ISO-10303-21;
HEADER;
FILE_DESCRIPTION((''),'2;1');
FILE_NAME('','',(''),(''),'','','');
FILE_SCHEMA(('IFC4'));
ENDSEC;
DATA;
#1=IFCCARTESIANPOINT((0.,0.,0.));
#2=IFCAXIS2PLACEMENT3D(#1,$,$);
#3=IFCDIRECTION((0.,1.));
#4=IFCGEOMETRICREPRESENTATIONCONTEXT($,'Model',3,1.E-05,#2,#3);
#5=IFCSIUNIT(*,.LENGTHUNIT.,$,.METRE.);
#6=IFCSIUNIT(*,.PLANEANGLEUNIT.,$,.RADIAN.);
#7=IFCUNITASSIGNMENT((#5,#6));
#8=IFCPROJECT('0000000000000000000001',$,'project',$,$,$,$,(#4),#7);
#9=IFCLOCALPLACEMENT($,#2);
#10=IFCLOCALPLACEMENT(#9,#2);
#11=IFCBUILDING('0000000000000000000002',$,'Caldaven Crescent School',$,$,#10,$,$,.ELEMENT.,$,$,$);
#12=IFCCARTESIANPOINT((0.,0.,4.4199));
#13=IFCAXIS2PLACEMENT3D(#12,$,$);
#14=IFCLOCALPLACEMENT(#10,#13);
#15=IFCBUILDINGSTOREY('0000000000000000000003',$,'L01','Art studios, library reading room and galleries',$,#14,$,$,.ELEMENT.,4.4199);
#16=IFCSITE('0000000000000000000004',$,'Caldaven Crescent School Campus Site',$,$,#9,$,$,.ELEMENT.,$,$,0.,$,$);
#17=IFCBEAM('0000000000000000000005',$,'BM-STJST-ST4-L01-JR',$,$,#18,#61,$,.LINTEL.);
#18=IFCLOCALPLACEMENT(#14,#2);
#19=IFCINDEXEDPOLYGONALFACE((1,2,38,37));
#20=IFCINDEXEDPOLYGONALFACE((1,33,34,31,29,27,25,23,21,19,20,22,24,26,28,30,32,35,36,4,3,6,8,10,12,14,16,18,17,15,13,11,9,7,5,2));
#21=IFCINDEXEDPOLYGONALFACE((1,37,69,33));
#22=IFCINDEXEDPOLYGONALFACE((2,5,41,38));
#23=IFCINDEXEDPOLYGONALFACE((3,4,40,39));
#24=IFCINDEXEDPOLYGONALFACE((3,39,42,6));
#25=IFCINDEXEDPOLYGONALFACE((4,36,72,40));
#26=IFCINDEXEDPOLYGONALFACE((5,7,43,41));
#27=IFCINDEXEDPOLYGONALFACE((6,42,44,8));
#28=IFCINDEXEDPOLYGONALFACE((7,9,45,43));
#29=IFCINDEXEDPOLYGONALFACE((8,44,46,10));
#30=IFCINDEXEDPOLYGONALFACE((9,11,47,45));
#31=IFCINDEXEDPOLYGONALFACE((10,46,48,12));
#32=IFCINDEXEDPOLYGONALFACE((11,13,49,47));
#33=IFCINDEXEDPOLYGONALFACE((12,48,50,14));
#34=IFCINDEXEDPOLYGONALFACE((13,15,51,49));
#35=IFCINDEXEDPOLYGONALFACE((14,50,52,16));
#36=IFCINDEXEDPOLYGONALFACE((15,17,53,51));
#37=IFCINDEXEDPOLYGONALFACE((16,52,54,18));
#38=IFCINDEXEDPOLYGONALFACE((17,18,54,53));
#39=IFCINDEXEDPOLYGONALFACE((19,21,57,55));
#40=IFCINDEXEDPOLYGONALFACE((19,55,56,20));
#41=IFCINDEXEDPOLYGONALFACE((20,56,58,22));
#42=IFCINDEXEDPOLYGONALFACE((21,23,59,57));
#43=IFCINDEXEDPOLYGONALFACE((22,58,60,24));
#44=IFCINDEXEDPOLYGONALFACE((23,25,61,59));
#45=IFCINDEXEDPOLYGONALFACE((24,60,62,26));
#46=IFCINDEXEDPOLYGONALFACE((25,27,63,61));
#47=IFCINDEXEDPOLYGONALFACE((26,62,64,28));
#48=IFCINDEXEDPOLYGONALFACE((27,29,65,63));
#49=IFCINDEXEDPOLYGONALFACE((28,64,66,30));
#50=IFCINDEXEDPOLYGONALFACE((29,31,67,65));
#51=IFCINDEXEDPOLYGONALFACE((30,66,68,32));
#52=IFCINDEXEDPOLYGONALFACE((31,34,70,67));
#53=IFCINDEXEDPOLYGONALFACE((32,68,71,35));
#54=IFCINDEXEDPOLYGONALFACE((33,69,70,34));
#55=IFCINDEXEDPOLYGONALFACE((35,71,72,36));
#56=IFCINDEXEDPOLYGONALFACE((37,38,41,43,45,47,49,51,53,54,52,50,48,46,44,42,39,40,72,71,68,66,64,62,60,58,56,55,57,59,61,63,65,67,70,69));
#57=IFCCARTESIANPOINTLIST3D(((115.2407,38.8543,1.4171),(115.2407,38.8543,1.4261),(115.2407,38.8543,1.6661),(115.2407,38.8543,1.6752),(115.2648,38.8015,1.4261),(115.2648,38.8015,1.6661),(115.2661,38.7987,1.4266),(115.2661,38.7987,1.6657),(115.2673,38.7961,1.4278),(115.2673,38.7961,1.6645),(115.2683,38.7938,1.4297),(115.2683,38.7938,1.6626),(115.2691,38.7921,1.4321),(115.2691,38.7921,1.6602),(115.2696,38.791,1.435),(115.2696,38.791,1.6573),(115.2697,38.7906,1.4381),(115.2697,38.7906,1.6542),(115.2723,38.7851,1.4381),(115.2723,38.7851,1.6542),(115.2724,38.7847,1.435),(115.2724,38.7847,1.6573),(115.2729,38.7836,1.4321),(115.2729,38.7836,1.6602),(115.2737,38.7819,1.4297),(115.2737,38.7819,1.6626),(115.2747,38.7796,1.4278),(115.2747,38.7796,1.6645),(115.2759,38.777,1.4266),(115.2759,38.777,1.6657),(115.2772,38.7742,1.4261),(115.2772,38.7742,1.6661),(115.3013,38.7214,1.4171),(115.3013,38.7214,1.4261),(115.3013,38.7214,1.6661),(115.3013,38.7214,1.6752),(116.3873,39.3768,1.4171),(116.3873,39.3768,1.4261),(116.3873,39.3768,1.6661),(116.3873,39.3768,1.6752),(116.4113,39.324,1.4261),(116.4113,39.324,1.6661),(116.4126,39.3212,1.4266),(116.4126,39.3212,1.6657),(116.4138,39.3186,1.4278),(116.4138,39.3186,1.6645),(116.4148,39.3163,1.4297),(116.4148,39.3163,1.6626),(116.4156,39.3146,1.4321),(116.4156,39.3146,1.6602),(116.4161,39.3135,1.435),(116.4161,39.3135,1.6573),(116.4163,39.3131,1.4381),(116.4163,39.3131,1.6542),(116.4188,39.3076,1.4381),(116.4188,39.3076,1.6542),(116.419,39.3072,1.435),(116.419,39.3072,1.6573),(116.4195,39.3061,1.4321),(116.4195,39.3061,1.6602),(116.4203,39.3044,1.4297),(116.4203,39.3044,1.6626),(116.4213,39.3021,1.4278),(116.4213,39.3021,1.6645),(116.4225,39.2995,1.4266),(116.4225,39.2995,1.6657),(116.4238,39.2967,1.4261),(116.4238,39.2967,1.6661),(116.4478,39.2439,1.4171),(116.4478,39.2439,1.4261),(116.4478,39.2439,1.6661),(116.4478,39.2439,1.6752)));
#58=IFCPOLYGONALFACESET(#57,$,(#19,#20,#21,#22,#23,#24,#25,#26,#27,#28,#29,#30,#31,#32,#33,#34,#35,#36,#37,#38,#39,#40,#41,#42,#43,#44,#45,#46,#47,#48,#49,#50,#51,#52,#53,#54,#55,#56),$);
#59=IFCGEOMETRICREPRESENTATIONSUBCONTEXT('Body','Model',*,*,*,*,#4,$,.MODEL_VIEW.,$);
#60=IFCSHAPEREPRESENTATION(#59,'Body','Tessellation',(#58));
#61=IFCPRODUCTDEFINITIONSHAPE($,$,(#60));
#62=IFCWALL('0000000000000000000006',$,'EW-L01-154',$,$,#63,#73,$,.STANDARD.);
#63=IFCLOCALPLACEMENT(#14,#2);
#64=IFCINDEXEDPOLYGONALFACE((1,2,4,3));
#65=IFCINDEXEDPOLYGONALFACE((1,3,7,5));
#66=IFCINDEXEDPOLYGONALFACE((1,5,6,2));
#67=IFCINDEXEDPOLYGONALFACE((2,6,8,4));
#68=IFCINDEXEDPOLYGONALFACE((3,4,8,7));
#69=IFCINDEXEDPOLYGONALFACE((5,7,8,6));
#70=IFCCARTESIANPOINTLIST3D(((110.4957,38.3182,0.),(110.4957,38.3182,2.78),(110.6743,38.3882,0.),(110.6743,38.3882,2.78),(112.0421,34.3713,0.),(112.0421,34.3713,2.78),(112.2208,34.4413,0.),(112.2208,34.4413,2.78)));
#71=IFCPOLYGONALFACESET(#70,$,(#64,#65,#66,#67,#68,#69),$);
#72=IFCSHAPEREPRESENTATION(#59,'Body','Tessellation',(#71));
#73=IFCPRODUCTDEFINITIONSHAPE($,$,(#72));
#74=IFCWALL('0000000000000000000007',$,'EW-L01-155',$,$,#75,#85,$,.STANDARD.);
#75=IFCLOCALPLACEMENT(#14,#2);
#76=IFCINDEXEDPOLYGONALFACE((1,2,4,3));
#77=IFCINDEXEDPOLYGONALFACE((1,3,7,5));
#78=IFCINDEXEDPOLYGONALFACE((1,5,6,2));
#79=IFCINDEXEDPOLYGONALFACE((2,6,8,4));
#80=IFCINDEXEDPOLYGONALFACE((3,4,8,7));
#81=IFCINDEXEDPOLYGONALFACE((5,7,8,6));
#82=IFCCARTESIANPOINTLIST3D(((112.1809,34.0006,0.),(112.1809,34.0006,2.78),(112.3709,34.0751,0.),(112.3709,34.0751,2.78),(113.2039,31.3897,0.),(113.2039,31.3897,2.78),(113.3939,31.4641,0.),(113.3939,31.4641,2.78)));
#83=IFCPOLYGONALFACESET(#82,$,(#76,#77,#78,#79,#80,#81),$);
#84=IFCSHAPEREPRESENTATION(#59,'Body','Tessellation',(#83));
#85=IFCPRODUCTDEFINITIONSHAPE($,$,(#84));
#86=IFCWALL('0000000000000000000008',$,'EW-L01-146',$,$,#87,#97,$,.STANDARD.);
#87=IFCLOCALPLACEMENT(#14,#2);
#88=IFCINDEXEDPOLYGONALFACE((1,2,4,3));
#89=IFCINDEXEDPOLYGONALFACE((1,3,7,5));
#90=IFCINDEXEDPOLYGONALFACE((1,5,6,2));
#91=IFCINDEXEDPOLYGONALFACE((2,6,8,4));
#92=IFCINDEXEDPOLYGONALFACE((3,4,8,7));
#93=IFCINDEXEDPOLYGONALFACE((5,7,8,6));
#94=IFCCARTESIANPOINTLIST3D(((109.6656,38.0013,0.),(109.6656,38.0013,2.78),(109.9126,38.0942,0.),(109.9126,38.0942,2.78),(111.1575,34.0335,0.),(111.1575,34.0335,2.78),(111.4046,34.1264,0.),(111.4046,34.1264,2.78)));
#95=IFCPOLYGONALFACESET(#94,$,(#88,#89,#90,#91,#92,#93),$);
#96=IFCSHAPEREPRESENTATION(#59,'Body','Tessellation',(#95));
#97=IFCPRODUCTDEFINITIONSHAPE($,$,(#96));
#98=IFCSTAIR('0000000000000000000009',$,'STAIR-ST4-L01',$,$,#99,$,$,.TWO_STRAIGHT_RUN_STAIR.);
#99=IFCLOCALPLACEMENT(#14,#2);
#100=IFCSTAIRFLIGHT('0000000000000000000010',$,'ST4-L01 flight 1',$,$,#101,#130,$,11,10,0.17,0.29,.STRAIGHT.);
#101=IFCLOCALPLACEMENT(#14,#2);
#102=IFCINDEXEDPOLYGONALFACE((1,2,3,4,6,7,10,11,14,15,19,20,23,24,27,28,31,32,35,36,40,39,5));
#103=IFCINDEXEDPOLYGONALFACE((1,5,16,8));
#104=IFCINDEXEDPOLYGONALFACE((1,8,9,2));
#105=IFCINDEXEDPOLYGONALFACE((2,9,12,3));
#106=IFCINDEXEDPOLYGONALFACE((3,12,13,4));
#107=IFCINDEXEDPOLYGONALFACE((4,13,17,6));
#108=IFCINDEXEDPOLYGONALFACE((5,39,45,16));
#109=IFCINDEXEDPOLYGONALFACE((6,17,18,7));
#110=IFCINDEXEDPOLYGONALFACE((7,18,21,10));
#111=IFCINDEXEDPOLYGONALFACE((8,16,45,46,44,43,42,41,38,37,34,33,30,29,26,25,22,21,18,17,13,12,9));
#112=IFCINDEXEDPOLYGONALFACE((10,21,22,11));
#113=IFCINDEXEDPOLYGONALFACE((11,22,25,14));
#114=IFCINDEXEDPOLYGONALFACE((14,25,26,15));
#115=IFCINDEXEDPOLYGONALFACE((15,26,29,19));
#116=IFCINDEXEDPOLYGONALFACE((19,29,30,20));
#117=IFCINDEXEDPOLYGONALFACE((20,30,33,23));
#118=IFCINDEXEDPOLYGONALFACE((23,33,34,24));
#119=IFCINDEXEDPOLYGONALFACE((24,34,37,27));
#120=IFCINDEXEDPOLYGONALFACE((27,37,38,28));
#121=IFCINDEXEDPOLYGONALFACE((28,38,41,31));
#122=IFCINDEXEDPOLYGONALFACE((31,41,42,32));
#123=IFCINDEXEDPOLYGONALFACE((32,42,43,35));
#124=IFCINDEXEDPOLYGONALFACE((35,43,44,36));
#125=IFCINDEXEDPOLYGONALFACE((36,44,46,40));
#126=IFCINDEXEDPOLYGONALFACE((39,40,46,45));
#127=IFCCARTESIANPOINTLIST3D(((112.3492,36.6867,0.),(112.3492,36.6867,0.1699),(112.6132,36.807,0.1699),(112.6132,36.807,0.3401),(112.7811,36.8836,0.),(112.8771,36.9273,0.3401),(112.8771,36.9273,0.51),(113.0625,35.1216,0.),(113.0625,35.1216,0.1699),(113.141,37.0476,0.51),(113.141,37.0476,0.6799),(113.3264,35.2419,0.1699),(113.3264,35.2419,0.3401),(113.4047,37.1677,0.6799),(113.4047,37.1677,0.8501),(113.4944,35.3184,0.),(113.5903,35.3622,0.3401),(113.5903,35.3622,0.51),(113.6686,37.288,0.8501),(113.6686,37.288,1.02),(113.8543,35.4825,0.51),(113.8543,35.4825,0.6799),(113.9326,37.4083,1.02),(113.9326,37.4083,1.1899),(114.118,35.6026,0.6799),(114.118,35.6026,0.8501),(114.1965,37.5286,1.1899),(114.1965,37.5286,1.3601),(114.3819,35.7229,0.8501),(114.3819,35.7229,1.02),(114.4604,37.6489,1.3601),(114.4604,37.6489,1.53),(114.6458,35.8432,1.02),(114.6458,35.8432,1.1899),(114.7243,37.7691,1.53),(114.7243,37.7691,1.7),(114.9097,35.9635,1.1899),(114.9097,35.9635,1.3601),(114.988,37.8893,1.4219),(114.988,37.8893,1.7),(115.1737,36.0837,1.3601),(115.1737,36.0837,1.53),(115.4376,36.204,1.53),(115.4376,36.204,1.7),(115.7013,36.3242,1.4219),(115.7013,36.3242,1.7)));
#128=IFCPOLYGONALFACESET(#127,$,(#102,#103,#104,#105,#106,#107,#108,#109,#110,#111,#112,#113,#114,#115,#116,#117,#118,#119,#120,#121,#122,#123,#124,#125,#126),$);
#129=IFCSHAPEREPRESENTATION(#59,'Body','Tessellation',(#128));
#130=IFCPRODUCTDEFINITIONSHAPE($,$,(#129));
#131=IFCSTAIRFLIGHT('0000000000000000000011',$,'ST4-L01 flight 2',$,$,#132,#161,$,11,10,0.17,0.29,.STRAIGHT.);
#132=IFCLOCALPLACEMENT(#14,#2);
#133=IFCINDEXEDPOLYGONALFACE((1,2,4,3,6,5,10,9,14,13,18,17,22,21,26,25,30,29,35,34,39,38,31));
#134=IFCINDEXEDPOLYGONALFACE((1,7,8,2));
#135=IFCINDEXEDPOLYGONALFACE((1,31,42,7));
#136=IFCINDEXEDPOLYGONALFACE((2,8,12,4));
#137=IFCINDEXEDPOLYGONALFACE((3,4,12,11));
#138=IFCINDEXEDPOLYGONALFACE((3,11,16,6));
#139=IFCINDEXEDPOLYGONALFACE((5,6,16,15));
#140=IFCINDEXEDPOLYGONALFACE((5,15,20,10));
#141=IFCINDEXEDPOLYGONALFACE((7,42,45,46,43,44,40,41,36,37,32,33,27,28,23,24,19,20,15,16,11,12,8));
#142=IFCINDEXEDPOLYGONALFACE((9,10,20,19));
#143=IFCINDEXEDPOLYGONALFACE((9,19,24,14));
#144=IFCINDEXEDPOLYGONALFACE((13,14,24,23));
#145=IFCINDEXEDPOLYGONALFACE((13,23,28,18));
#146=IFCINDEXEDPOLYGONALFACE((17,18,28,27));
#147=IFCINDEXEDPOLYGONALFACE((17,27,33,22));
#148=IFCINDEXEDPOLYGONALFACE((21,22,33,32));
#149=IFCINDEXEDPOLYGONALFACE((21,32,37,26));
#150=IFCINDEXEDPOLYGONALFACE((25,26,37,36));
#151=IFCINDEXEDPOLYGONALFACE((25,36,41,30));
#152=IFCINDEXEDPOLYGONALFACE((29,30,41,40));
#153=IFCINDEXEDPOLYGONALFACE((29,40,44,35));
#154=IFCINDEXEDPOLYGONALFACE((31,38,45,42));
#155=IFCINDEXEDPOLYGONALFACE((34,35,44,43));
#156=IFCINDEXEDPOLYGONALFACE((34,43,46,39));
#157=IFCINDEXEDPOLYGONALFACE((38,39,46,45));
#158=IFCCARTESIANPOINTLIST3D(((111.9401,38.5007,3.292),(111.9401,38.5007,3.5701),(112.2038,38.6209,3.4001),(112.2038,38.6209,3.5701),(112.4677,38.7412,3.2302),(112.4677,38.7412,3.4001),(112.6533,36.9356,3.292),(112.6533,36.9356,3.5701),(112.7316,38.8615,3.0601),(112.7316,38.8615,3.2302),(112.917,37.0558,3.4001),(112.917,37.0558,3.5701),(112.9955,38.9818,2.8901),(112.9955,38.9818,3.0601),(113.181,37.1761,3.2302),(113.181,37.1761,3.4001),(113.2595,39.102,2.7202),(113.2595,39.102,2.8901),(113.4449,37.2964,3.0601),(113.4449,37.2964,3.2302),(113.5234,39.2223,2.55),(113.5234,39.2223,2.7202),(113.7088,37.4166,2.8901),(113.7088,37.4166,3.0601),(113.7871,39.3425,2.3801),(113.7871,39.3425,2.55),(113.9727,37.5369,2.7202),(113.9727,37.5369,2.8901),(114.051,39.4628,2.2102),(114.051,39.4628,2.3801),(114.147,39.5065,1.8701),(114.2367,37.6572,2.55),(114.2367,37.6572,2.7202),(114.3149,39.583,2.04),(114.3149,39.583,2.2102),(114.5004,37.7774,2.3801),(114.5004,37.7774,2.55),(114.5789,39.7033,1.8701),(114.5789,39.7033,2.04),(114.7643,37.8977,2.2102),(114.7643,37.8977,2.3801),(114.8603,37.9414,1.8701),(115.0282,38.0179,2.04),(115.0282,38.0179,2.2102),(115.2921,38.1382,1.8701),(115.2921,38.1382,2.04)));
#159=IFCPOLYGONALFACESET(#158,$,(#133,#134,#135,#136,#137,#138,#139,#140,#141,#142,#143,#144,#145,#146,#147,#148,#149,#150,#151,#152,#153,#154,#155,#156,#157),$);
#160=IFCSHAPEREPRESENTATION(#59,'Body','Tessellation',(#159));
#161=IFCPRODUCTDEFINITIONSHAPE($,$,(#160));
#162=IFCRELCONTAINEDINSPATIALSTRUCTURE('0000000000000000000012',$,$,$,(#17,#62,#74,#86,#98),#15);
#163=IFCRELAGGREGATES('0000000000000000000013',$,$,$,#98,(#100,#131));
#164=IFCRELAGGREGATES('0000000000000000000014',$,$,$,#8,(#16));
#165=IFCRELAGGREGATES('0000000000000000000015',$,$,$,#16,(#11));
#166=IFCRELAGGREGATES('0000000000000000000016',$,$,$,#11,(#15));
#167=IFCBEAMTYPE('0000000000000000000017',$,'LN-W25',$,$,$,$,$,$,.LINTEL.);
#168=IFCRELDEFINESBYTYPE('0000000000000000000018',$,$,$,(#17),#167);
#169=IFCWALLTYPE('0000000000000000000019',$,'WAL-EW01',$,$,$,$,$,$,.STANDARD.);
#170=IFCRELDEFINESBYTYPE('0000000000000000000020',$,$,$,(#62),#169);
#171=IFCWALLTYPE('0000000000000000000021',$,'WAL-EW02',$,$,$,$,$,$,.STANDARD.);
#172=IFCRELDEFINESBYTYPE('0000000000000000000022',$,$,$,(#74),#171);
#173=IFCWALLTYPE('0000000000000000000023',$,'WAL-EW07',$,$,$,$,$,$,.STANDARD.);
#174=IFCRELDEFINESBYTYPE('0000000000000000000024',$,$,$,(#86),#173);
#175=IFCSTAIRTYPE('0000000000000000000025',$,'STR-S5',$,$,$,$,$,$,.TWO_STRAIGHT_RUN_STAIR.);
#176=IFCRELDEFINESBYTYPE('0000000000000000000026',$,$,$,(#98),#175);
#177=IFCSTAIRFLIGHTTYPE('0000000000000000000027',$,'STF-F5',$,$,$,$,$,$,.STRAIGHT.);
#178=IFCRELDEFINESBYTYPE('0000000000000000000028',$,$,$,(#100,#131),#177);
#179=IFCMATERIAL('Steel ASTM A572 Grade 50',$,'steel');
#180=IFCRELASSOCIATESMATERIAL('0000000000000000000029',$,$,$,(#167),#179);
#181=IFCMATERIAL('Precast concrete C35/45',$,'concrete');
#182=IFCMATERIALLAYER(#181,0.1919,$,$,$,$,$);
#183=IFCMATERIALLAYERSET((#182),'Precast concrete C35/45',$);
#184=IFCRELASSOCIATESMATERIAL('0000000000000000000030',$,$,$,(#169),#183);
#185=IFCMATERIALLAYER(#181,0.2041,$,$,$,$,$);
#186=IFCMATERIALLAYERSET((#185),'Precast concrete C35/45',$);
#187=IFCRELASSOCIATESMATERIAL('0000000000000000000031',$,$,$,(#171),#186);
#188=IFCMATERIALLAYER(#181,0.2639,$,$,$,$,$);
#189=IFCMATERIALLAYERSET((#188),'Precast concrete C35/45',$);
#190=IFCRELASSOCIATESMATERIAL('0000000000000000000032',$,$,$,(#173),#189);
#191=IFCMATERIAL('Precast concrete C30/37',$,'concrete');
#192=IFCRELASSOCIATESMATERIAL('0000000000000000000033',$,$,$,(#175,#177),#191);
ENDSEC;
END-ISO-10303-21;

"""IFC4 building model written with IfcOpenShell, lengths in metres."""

from ifc_helpers import new_model, si_unit, direction, frame, frame_2d, origin, origin_2d, place, context, subcontext, project, spatial, polyline, rectangle, i_section, outline, extrude, material, layer, layer_set, material_profile, profile_set, type_object, element, aggregate, save


model = new_model("IFC4")

# Units and contexts
model_context = context("Model", 3, precision=1e-05, world=origin(), true_north=direction((0.0, 1.0)))
body_context = subcontext(model_context, "Body", "Model", "MODEL_VIEW")
ifc_project = project(units=[si_unit("LENGTHUNIT", "METRE"), si_unit("PLANEANGLEUNIT", "RADIAN")], contexts=[model_context])

# Site, building, storey
site_placement = place(None, origin())
site = spatial("IfcSite", under=ifc_project, at=site_placement, Name="Caldaven Crescent School Campus Site", CompositionType="ELEMENT", RefElevation=0.0)
building_placement = place(site_placement, origin())
building = spatial("IfcBuilding", under=site, at=building_placement, Name="Caldaven Crescent School", CompositionType="ELEMENT")
storey_placement = place(building_placement, frame((0.0, 0.0, 4.4199)))
storey = spatial("IfcBuildingStorey", under=building, at=storey_placement, Name="L01", Description="Art studios, library reading room and galleries", CompositionType="ELEMENT", Elevation=4.4199)

# Shared definitions
ifc_material_1 = material(Name="Steel ASTM A572 Grade 50", Category="steel")

# Beam
ifc_material_profile_1 = material_profile(ifc_material_1, i_section(OverallWidth=0.146, OverallDepth=0.2581, WebThickness=0.0061, FlangeThickness=0.009, FilletRadius=0.012, at=origin_2d()), Name="W250x33")
ifc_profile_set_1 = profile_set([ifc_material_profile_1], Name="Steel ASTM A572 Grade 50")
beam_type_1 = type_object("IfcBeamType", Name="LN-W25", PredefinedType="LINTEL", material=ifc_profile_set_1)
for number, where, z_axis, x_axis, name in (
    (1, (115.271, 38.7878, 1.5461), (0.909968, 0.414679, 0.0), (-0.414679, 0.909968, 0.0), "BM-STJST-ST4-L01-JR"),
):
    element("IfcBeam", number, at=place(storey_placement, frame(where, z_axis=z_axis, x_axis=x_axis)), inside=storey, type_object=beam_type_1, Name=name, PredefinedType="LINTEL", context=body_context, shape_type="SweptSolid", body=[
        extrude(i_section(OverallWidth=0.146, OverallDepth=0.2581, WebThickness=0.0061, FlangeThickness=0.009, FilletRadius=0.012, at=origin_2d()), origin(), (0.0, 0.0, 1.0), 1.26),
    ])

# Walls
ifc_material_2 = material(Name="Precast concrete C35/45", Category="concrete")
ifc_layer_1 = layer(ifc_material_2, 0.1919)
ifc_layer_set_1 = layer_set([ifc_layer_1], Name="Precast concrete C35/45")
wall_type_1 = type_object("IfcWallType", Name="WAL-EW01", PredefinedType="STANDARD", material=ifc_layer_set_1)
wall_1_placement = place(storey_placement, frame((110.585, 38.3533, 0.0), z_axis=(0.0, 0.0, 1.0), x_axis=(0.364808, -0.931083, 0.0)))
element("IfcWall", 2, at=wall_1_placement, inside=storey, type_object=wall_type_1, Name="EW-L01-154", PredefinedType="STANDARD", context=body_context, shape_type="SweptSolid", body=[
    extrude(rectangle(XDim=4.239, YDim=0.1919, at=frame_2d((2.1196, 0.0))), origin(), (0.0, 0.0, 1.0), 2.78),
])
ifc_layer_2 = layer(ifc_material_2, 0.2041)
ifc_layer_set_2 = layer_set([ifc_layer_2], Name="Precast concrete C35/45")
wall_type_2 = type_object("IfcWallType", Name="WAL-EW02", PredefinedType="STANDARD", material=ifc_layer_set_2)
wall_2_placement = place(storey_placement, frame((112.2759, 34.0378, 0.0), z_axis=(0.0, 0.0, 1.0), x_axis=(0.364806, -0.931083, 0.0)))
element("IfcWall", 3, at=wall_2_placement, inside=storey, type_object=wall_type_2, Name="EW-L01-155", PredefinedType="STANDARD", context=body_context, shape_type="SweptSolid", body=[
    extrude(rectangle(XDim=2.8042, YDim=0.2041, at=frame_2d((1.4021, 0.0))), origin(), (0.0, 0.0, 1.0), 2.78),
])
ifc_layer_3 = layer(ifc_material_2, 0.2639)
ifc_layer_set_3 = layer_set([ifc_layer_3], Name="Precast concrete C35/45")
wall_type_3 = type_object("IfcWallType", Name="WAL-EW07", PredefinedType="STANDARD", material=ifc_layer_set_3)
wall_3_placement = place(storey_placement, frame((109.7891, 38.0479, 0.0), z_axis=(0.0, 0.0, 1.0), x_axis=(0.351956, -0.936016, 0.0)))
element("IfcWall", 4, at=wall_3_placement, inside=storey, type_object=wall_type_3, Name="EW-L01-146", PredefinedType="STANDARD", context=body_context, shape_type="SweptSolid", body=[
    extrude(rectangle(XDim=4.239, YDim=0.2639, at=frame_2d((2.1196, 0.0))), origin(), (0.0, 0.0, 1.0), 2.78),
])

# Stair, stair flights
ifc_material_3 = material(Name="Precast concrete C30/37", Category="concrete")
stair_type = type_object("IfcStairType", Name="STR-S5", PredefinedType="TWO_STRAIGHT_RUN_STAIR", material=ifc_material_3)
stair_placement = place(storey_placement, origin())
stair = element("IfcStair", 5, at=stair_placement, inside=storey, type_object=stair_type, Name="STAIR-ST4-L01", PredefinedType="TWO_STRAIGHT_RUN_STAIR")
stair_flight_type = type_object("IfcStairFlightType", Name="STF-F5", PredefinedType="STRAIGHT", material=ifc_material_3)
stair_flight_1_placement = place(storey_placement, frame((112.7058, 35.9043, 0.0), z_axis=(0.0, 0.0, 1.0), x_axis=(0.909961, 0.414693, 0.0)))
stair_flight_1 = element("IfcStairFlight", 6, at=stair_flight_1_placement, type_object=stair_flight_type, Name="ST4-L01 flight 1", NumberOfRisers=11, NumberOfTreads=10, PredefinedType="STRAIGHT", RiserHeight=0.17, TreadLength=0.29, context=body_context, shape_type="SweptSolid", body=[
    extrude(outline(polyline([(0.0, 0.0), (0.0, 0.1699), (0.29, 0.1699), (0.29, 0.3401), (0.5801, 0.3401), (0.5801, 0.51), (0.8701, 0.51), (0.8701, 0.6799), (1.1599, 0.6799), (1.1599, 0.8501), (1.45, 0.8501), (1.45, 1.02), (1.74, 1.02), (1.74, 1.1899), (2.03, 1.1899), (2.03, 1.3601), (2.3201, 1.3601), (2.3201, 1.53), (2.6101, 1.53), (2.6101, 1.7), (2.8999, 1.7), (2.8999, 1.8701), (2.8999, 1.4219), (0.4746, 0.0), (0.0, 0.0)])), frame((0.0, 0.8599, 0.0), z_axis=(0.0, -1.0, 0.0), x_axis=(1.0, 0.0, 0.0)), (0.0, 0.0, 1.0), 1.72),
])
stair_flight_2_placement = place(storey_placement, frame((114.9355, 38.9207, 1.8701), z_axis=(0.0, 0.0, 1.0), x_axis=(-0.909961, -0.414693, 0.0)))
stair_flight_2 = element("IfcStairFlight", 7, at=stair_flight_2_placement, type_object=stair_flight_type, Name="ST4-L01 flight 2", NumberOfRisers=11, NumberOfTreads=10, PredefinedType="STRAIGHT", RiserHeight=0.17, TreadLength=0.29, context=body_context, shape_type="SweptSolid", body=[
    extrude(outline(polyline([(0.0, 0.0), (0.0, 0.1699), (0.29, 0.1699), (0.29, 0.3401), (0.5801, 0.3401), (0.5801, 0.51), (0.8701, 0.51), (0.8701, 0.6799), (1.1599, 0.6799), (1.1599, 0.8501), (1.45, 0.8501), (1.45, 1.02), (1.74, 1.02), (1.74, 1.1899), (2.03, 1.1899), (2.03, 1.3601), (2.3201, 1.3601), (2.3201, 1.53), (2.6101, 1.53), (2.6101, 1.7), (2.8999, 1.7), (2.8999, 1.8701), (2.8999, 1.4219), (0.4746, 0.0), (0.0, 0.0)])), frame((0.0, 0.8599, 0.0), z_axis=(0.0, -1.0, 0.0), x_axis=(1.0, 0.0, 0.0)), (0.0, 0.0, 1.0), 1.72),
])
aggregate(stair, [stair_flight_1, stair_flight_2])

save(model, "model.ifc")
